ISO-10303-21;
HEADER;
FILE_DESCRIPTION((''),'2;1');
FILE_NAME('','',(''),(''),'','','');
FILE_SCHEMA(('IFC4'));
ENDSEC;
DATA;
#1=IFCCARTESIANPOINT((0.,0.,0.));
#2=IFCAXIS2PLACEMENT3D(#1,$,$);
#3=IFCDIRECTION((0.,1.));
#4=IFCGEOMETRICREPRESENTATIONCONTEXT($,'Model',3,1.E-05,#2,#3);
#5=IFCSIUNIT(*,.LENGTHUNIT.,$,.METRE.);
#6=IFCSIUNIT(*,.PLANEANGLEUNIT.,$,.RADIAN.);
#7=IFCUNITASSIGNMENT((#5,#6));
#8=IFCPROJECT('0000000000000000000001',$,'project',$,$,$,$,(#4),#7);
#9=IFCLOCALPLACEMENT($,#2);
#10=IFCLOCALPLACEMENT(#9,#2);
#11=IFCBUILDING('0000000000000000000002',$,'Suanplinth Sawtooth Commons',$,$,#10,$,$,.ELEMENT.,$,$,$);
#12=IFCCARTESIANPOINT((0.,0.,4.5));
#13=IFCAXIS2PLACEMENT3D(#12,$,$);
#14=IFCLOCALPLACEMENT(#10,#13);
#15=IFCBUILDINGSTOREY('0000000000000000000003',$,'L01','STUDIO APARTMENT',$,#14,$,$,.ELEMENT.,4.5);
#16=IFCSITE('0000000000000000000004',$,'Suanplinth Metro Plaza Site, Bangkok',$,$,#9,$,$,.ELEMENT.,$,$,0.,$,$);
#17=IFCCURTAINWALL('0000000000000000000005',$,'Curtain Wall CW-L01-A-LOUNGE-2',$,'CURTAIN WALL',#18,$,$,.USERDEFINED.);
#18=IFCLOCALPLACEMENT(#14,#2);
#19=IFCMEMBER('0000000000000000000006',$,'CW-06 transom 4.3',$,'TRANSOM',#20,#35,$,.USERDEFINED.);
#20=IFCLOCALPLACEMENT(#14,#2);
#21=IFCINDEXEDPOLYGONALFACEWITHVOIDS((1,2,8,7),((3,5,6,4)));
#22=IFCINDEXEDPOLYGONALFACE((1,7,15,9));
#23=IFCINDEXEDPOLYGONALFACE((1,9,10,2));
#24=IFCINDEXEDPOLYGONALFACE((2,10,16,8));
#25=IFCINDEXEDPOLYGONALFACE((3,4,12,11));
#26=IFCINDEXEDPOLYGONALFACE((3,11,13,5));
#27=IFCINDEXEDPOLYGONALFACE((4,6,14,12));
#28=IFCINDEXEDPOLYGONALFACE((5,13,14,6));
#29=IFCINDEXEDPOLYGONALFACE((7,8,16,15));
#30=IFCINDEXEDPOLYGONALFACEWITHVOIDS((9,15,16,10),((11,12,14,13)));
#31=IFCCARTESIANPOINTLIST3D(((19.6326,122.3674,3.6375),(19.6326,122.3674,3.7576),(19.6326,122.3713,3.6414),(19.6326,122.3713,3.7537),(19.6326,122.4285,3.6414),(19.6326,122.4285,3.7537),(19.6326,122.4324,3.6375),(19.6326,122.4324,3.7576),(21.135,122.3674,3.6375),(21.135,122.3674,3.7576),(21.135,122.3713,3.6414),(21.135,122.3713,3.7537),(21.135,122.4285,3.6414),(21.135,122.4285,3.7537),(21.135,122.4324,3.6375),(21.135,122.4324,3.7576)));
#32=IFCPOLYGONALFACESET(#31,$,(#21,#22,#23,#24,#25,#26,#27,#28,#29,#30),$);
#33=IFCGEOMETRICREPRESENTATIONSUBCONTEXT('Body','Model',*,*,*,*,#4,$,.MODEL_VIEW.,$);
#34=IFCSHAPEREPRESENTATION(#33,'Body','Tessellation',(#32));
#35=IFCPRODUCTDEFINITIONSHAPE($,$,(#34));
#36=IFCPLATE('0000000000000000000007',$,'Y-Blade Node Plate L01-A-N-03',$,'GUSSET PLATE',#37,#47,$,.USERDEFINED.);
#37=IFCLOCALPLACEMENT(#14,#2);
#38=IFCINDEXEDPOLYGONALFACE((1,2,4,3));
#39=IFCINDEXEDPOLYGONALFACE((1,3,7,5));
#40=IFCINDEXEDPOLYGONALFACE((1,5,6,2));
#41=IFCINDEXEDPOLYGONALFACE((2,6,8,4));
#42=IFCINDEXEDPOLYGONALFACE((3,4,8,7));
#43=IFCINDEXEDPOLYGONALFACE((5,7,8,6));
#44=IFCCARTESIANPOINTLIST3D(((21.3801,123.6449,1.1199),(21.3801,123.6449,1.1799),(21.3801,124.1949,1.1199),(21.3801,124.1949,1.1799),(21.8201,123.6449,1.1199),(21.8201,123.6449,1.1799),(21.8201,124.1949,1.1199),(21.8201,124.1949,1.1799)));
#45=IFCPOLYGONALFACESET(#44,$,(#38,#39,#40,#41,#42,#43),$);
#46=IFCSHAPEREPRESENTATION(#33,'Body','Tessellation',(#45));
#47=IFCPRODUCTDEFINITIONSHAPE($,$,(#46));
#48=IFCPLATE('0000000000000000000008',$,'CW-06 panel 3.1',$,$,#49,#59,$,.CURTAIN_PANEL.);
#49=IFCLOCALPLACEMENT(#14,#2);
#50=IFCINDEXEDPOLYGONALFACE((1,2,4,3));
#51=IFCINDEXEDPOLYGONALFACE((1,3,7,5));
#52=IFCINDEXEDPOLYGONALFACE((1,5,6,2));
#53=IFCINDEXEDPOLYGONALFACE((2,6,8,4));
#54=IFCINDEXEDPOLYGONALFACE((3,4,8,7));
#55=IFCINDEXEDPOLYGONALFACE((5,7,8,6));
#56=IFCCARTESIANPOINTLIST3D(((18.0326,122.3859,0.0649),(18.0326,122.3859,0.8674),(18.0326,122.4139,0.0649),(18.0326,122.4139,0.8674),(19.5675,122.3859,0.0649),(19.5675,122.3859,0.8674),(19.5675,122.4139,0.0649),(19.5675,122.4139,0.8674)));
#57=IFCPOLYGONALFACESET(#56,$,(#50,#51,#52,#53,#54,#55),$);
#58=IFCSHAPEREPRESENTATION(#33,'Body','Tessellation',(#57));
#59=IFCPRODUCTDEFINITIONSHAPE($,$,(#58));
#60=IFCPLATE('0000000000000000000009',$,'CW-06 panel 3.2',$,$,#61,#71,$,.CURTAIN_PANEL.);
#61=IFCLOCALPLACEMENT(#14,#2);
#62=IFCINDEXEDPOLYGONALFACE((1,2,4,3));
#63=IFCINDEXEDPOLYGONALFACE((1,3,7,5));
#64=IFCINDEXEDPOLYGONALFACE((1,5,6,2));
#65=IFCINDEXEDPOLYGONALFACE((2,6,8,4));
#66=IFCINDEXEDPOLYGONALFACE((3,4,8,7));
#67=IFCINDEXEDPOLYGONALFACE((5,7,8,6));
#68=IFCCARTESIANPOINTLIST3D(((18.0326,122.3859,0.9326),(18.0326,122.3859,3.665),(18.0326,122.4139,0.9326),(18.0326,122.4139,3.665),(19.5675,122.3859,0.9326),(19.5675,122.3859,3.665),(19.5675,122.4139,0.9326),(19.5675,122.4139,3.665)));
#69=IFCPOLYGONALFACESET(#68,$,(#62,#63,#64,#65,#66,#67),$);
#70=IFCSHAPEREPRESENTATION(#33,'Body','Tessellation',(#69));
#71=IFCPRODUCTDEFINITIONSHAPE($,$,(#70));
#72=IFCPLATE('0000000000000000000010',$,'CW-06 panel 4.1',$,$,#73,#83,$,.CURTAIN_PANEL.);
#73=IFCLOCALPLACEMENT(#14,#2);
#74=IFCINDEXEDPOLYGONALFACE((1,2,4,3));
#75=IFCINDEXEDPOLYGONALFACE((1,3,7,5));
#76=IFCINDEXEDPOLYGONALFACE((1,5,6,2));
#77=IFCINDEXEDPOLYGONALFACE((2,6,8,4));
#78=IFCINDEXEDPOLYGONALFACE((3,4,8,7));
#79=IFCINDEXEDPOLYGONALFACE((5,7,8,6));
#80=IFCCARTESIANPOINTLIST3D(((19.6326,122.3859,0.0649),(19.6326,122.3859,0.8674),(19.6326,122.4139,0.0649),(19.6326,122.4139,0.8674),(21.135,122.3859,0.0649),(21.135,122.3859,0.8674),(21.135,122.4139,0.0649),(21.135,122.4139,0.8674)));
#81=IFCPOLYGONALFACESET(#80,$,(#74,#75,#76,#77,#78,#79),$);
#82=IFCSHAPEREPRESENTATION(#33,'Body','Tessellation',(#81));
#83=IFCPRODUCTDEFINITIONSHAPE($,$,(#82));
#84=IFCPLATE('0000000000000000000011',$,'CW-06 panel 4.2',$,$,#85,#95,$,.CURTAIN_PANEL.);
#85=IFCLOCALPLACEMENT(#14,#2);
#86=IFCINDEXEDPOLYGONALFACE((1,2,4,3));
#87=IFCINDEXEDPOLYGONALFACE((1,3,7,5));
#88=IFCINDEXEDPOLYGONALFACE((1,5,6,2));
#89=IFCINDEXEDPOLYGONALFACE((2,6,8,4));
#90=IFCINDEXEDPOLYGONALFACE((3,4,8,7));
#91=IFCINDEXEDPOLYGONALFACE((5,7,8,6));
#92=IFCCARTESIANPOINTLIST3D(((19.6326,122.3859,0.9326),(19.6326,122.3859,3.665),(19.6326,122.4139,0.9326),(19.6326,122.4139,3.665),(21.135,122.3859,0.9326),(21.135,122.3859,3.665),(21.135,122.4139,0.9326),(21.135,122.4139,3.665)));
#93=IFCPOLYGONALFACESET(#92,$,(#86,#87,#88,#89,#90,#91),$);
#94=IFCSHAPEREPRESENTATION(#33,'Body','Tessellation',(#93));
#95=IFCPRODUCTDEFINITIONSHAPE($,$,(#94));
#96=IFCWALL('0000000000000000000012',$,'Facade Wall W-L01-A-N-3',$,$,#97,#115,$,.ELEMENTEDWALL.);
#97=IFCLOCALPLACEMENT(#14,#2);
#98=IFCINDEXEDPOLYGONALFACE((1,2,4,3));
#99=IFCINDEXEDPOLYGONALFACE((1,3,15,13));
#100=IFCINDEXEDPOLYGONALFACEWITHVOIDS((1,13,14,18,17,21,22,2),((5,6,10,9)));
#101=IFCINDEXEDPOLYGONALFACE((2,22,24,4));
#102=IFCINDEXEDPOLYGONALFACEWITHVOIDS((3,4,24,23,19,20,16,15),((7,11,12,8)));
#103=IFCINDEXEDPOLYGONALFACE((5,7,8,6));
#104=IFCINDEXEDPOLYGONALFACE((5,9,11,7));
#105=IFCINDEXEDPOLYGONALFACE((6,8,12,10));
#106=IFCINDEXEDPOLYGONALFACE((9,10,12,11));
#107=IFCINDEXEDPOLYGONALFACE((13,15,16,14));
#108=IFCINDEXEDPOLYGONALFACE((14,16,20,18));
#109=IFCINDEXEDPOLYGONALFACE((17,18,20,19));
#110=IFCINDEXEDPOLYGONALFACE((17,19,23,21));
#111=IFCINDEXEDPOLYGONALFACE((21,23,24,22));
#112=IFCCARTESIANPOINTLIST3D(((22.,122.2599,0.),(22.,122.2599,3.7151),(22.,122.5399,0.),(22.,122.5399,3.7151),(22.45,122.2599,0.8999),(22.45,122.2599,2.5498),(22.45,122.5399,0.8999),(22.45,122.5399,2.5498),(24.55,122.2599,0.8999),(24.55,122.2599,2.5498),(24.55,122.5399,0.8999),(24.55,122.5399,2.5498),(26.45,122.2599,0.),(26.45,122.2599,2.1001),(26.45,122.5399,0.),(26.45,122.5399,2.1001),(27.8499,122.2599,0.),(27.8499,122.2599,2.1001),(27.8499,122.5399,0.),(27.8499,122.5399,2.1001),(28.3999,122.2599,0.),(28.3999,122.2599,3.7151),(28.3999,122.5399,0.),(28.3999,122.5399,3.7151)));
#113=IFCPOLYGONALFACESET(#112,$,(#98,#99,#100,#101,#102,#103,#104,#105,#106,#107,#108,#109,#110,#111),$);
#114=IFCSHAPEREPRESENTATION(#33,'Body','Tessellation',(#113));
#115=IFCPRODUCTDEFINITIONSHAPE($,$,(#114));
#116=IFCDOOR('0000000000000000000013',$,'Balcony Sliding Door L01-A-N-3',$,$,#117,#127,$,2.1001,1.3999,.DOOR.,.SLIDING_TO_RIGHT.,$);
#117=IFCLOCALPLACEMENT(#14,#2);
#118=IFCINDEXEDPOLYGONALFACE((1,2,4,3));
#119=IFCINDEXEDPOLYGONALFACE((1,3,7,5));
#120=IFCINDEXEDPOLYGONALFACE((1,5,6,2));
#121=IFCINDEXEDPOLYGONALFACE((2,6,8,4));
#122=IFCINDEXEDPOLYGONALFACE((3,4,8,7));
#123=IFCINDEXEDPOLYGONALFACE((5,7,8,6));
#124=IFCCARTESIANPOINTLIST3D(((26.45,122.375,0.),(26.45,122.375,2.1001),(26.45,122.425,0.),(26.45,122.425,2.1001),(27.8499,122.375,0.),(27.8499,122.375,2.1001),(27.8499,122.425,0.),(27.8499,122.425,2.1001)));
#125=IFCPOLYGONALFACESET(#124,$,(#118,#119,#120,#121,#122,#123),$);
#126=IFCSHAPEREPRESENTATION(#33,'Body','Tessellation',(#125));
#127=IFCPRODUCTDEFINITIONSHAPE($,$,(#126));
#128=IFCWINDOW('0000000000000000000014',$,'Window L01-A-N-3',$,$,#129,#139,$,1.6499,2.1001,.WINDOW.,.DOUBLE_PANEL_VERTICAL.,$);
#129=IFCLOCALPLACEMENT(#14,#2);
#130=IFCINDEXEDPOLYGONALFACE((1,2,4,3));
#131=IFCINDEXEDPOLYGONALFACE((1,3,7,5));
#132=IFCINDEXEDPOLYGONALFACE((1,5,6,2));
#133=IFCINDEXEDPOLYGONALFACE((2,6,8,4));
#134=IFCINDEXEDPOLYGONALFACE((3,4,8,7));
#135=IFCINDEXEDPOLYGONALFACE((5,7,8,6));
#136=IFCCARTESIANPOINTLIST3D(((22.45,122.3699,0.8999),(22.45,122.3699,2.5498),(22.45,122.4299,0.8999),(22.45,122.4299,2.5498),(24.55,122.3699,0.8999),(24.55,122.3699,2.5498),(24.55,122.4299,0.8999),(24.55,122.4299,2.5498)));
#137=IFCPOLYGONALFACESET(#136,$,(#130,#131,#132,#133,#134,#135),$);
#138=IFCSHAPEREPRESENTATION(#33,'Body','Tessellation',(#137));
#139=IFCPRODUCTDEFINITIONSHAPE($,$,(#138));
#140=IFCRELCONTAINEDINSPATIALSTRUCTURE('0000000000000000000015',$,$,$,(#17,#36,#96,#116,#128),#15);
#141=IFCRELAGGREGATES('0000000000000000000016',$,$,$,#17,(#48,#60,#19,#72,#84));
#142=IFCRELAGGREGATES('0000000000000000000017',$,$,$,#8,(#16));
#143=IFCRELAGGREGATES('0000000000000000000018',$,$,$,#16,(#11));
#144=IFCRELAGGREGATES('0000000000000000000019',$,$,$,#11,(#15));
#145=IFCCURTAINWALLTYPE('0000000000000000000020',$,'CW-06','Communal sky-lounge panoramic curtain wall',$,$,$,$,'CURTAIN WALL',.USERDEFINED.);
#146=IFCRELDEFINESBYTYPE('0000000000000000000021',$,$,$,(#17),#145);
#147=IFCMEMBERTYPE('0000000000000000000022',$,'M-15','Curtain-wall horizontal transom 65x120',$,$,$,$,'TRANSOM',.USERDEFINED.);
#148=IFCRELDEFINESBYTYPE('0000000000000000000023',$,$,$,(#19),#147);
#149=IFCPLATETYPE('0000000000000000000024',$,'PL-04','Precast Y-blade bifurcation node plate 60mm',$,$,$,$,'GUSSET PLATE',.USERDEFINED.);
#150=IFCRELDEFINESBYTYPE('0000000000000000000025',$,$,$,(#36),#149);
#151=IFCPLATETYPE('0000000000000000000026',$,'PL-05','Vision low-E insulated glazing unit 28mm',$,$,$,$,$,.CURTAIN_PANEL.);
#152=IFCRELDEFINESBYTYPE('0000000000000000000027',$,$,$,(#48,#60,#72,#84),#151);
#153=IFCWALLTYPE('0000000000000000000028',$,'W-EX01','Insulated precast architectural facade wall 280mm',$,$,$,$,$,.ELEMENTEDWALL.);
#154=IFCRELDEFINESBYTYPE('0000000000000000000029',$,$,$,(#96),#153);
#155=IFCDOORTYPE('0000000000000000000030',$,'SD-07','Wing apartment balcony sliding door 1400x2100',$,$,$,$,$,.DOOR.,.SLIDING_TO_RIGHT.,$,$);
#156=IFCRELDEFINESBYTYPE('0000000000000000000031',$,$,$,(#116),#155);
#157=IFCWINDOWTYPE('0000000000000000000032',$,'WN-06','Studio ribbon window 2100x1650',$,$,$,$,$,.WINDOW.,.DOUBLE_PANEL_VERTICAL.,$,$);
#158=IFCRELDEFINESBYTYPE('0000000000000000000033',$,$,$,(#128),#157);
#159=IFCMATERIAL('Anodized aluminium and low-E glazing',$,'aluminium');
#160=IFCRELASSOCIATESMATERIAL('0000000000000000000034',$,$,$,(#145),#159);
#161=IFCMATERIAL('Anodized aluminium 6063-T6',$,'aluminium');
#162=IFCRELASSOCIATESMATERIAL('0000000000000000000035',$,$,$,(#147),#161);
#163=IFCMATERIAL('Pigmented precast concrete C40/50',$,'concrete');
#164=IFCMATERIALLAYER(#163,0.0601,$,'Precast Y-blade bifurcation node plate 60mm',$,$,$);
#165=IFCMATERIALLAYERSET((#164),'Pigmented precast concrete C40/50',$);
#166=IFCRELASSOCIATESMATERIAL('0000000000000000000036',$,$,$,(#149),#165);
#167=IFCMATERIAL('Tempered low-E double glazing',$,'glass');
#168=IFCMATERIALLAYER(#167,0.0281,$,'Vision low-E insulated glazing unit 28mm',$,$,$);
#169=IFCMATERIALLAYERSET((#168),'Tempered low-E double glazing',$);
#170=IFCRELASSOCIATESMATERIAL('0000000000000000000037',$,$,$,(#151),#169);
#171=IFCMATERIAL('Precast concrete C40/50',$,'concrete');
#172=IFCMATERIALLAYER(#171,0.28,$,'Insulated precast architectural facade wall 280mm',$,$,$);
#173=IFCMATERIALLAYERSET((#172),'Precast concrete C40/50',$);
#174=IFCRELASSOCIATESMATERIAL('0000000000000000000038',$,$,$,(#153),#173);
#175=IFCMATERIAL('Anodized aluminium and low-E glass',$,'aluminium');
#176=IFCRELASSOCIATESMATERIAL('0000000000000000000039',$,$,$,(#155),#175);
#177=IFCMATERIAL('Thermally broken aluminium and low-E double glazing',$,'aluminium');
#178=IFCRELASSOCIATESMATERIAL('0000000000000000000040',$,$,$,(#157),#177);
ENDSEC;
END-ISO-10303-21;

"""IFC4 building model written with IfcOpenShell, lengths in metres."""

from ifc_helpers import new_model, si_unit, direction, frame, frame_2d, origin, origin_2d, place, context, subcontext, project, spatial, rectangle, hollow_rectangle, extrude, material, layer, layer_set, material_profile, profile_set, type_object, element, fill, aggregate, save


model = new_model("IFC4")

# Units and contexts
model_context = context("Model", 3, precision=1e-05, world=origin(), true_north=direction((0.0, 1.0)))
body_context = subcontext(model_context, "Body", "Model", "MODEL_VIEW")
ifc_project = project(units=[si_unit("LENGTHUNIT", "METRE"), si_unit("PLANEANGLEUNIT", "RADIAN")], contexts=[model_context])

# Site, building, storey
site_placement = place(None, origin())
site = spatial("IfcSite", under=ifc_project, at=site_placement, Name="Suanplinth Metro Plaza Site, Bangkok", CompositionType="ELEMENT", RefElevation=0.0)
building_placement = place(site_placement, origin())
building = spatial("IfcBuilding", under=site, at=building_placement, Name="Suanplinth Sawtooth Commons", CompositionType="ELEMENT")
storey_placement = place(building_placement, frame((0.0, 0.0, 4.5)))
storey = spatial("IfcBuildingStorey", under=building, at=storey_placement, Name="L01", Description="STUDIO APARTMENT", CompositionType="ELEMENT", Elevation=4.5)

# Shared definitions
ifc_material_1 = material(Name="Precast concrete C40/50", Category="concrete")

# Shared definitions
ifc_material_2 = material(Name="Pigmented precast concrete C40/50", Category="concrete")

# Curtain wall, member
ifc_material_3 = material(Name="Anodized aluminium and low-E glazing", Category="aluminium")
curtain_wall_type = type_object("IfcCurtainWallType", Name="CW-06", Description="Communal sky-lounge panoramic curtain wall", ElementType="CURTAIN WALL", PredefinedType="USERDEFINED", material=ifc_material_3)
curtain_wall_placement = place(storey_placement, origin())
curtain_wall = element("IfcCurtainWall", 1, at=curtain_wall_placement, inside=storey, type_object=curtain_wall_type, Name="Curtain Wall CW-L01-A-LOUNGE-2", ObjectType="CURTAIN WALL", PredefinedType="USERDEFINED")
ifc_material_4 = material(Name="Anodized aluminium 6063-T6", Category="aluminium")
ifc_material_profile_1 = material_profile(ifc_material_4, hollow_rectangle(XDim=0.0649, YDim=0.1201, WallThickness=0.0039, at=origin_2d()), Name="ALU-TRN 65x120")
ifc_profile_set_1 = profile_set([ifc_material_profile_1], Name="Anodized aluminium 6063-T6")
member_type_1 = type_object("IfcMemberType", Name="M-15", Description="Curtain-wall horizontal transom 65x120", ElementType="TRANSOM", PredefinedType="USERDEFINED", material=ifc_profile_set_1)
member_1_placement = place(storey_placement, frame((19.6326, 122.3999, 3.6975), z_axis=(1.0, 0.0, 0.0), x_axis=(0.0, 1.0, 0.0)))
member_1 = element("IfcMember", 2, at=member_1_placement, type_object=member_type_1, Name="CW-06 transom 4.3", ObjectType="TRANSOM", PredefinedType="USERDEFINED", context=body_context, shape_type="SweptSolid", body=[
    extrude(hollow_rectangle(XDim=0.0649, YDim=0.1201, WallThickness=0.0039, at=origin_2d()), origin(), (0.0, 0.0, 1.0), 1.5024),
])

# Plates
ifc_layer_1 = layer(ifc_material_2, 0.0601, Name="Precast Y-blade bifurcation node plate 60mm")
ifc_layer_set_1 = layer_set([ifc_layer_1], Name="Pigmented precast concrete C40/50")
plate_type_1 = type_object("IfcPlateType", Name="PL-04", Description="Precast Y-blade bifurcation node plate 60mm", ElementType="GUSSET PLATE", PredefinedType="USERDEFINED", material=ifc_layer_set_1)
plate_1_placement = place(storey_placement, frame((21.6001, 123.9199, 1.1199), z_axis=(0.0, 0.0, 1.0), x_axis=(1.0, 0.0, 0.0)))
element("IfcPlate", 3, at=plate_1_placement, inside=storey, type_object=plate_type_1, Name="Y-Blade Node Plate L01-A-N-03", ObjectType="GUSSET PLATE", PredefinedType="USERDEFINED", context=body_context, shape_type="SweptSolid", body=[
    extrude(rectangle(XDim=0.4399, YDim=0.55, at=origin_2d()), origin(), (0.0, 0.0, 1.0), 0.0601),
])
ifc_material_5 = material(Name="Tempered low-E double glazing", Category="glass")
ifc_layer_2 = layer(ifc_material_5, 0.0281, Name="Vision low-E insulated glazing unit 28mm")
ifc_layer_set_2 = layer_set([ifc_layer_2], Name="Tempered low-E double glazing")
plate_type_2 = type_object("IfcPlateType", Name="PL-05", Description="Vision low-E insulated glazing unit 28mm", PredefinedType="CURTAIN_PANEL", material=ifc_layer_set_2)
plate_2_placement = place(storey_placement, frame((18.8, 122.3999, 0.0649), z_axis=(0.0, 0.0, 1.0), x_axis=(1.0, 0.0, 0.0)))
plate_2 = element("IfcPlate", 4, at=plate_2_placement, type_object=plate_type_2, Name="CW-06 panel 3.1", PredefinedType="CURTAIN_PANEL", context=body_context, shape_type="SweptSolid", body=[
    extrude(rectangle(XDim=1.5349, YDim=0.0281, at=origin_2d()), origin(), (0.0, 0.0, 1.0), 0.8025),
])
plate_3_placement = place(storey_placement, frame((18.8, 122.3999, 0.9326), z_axis=(0.0, 0.0, 1.0), x_axis=(1.0, 0.0, 0.0)))
plate_3 = element("IfcPlate", 5, at=plate_3_placement, type_object=plate_type_2, Name="CW-06 panel 3.2", PredefinedType="CURTAIN_PANEL", context=body_context, shape_type="SweptSolid", body=[
    extrude(rectangle(XDim=1.5349, YDim=0.0281, at=origin_2d()), origin(), (0.0, 0.0, 1.0), 2.7324),
])
plate_4_placement = place(storey_placement, frame((20.3838, 122.3999, 0.0649), z_axis=(0.0, 0.0, 1.0), x_axis=(1.0, 0.0, 0.0)))
plate_4 = element("IfcPlate", 6, at=plate_4_placement, type_object=plate_type_2, Name="CW-06 panel 4.1", PredefinedType="CURTAIN_PANEL", context=body_context, shape_type="SweptSolid", body=[
    extrude(rectangle(XDim=1.5024, YDim=0.0281, at=origin_2d()), origin(), (0.0, 0.0, 1.0), 0.8025),
])
plate_5_placement = place(storey_placement, frame((20.3838, 122.3999, 0.9326), z_axis=(0.0, 0.0, 1.0), x_axis=(1.0, 0.0, 0.0)))
plate_5 = element("IfcPlate", 7, at=plate_5_placement, type_object=plate_type_2, Name="CW-06 panel 4.2", PredefinedType="CURTAIN_PANEL", context=body_context, shape_type="SweptSolid", body=[
    extrude(rectangle(XDim=1.5024, YDim=0.0281, at=origin_2d()), origin(), (0.0, 0.0, 1.0), 2.7324),
])
aggregate(curtain_wall, [plate_2, plate_3, member_1, plate_4, plate_5])

# Wall, openings, door, window
ifc_layer_3 = layer(ifc_material_1, 0.28, Name="Insulated precast architectural facade wall 280mm")
ifc_layer_set_3 = layer_set([ifc_layer_3], Name="Precast concrete C40/50")
wall_type = type_object("IfcWallType", Name="W-EX01", Description="Insulated precast architectural facade wall 280mm", PredefinedType="ELEMENTEDWALL", material=ifc_layer_set_3)
wall_placement = place(storey_placement, frame((22.0, 122.3999, 0.0), z_axis=(0.0, 0.0, 1.0), x_axis=(1.0, 0.0, 0.0)))
wall = element("IfcWall", 8, at=wall_placement, inside=storey, type_object=wall_type, Name="Facade Wall W-L01-A-N-3", PredefinedType="ELEMENTEDWALL", context=body_context, shape_type="SweptSolid", body=[
    extrude(rectangle(XDim=6.3999, YDim=0.28, at=frame_2d((3.2, 0.0))), origin(), (0.0, 0.0, 1.0), 3.7151),
])
opening_1_placement = place(wall_placement, frame((4.45, 0.0, 0.0)))
opening_1 = element("IfcOpeningElement", 9, at=opening_1_placement, cuts=wall, PredefinedType="OPENING", context=body_context, shape_type="SweptSolid", body=[
    extrude(rectangle(XDim=1.3999, YDim=2.1001, at=frame_2d((0.7, 1.05))), frame((0.0, 0.1548, 0.0), z_axis=(0.0, -1.0, 0.0), x_axis=(1.0, 0.0, 0.0)), (0.0, 0.0, 1.0), 0.3098),
])
opening_2_placement = place(wall_placement, frame((0.45, 0.0, 0.8999)))
opening_2 = element("IfcOpeningElement", 10, at=opening_2_placement, cuts=wall, PredefinedType="OPENING", context=body_context, shape_type="SweptSolid", body=[
    extrude(rectangle(XDim=2.1001, YDim=1.6499, at=frame_2d((1.05, 0.825))), frame((0.0, 0.1548, 0.0), z_axis=(0.0, -1.0, 0.0), x_axis=(1.0, 0.0, 0.0)), (0.0, 0.0, 1.0), 0.3098),
])
ifc_material_6 = material(Name="Anodized aluminium and low-E glass", Category="aluminium")
door_type = type_object("IfcDoorType", Name="SD-07", Description="Wing apartment balcony sliding door 1400x2100", OperationType="SLIDING_TO_RIGHT", PredefinedType="DOOR", material=ifc_material_6)
door_placement = place(opening_1_placement, frame((1.3999, 0.0, 0.0), z_axis=(0.0, 0.0, 1.0), x_axis=(-1.0, 0.0, 0.0)))
door = element("IfcDoor", 11, at=door_placement, inside=storey, type_object=door_type, Name="Balcony Sliding Door L01-A-N-3", OperationType="SLIDING_TO_RIGHT", OverallHeight=2.1001, OverallWidth=1.3999, PredefinedType="DOOR", context=body_context, shape_type="SweptSolid", body=[
    extrude(rectangle(XDim=1.3999, YDim=2.1001, at=frame_2d((0.7, 1.05))), frame((0.0, 0.0249, 0.0), z_axis=(0.0, -1.0, 0.0), x_axis=(1.0, 0.0, 0.0)), (0.0, 0.0, 1.0), 0.05),
])
fill(opening_1, door)
ifc_material_7 = material(Name="Thermally broken aluminium and low-E double glazing", Category="aluminium")
window_type = type_object("IfcWindowType", Name="WN-06", Description="Studio ribbon window 2100x1650", PartitioningType="DOUBLE_PANEL_VERTICAL", PredefinedType="WINDOW", material=ifc_material_7)
window_placement = place(opening_2_placement, origin())
window = element("IfcWindow", 12, at=window_placement, inside=storey, type_object=window_type, Name="Window L01-A-N-3", OverallHeight=1.6499, OverallWidth=2.1001, PartitioningType="DOUBLE_PANEL_VERTICAL", PredefinedType="WINDOW", context=body_context, shape_type="SweptSolid", body=[
    extrude(rectangle(XDim=2.1001, YDim=1.6499, at=frame_2d((1.05, 0.825))), frame((0.0, 0.03, 0.0), z_axis=(0.0, -1.0, 0.0), x_axis=(1.0, 0.0, 0.0)), (0.0, 0.0, 1.0), 0.0601),
])
fill(opening_2, window)

save(model, "model.ifc")
